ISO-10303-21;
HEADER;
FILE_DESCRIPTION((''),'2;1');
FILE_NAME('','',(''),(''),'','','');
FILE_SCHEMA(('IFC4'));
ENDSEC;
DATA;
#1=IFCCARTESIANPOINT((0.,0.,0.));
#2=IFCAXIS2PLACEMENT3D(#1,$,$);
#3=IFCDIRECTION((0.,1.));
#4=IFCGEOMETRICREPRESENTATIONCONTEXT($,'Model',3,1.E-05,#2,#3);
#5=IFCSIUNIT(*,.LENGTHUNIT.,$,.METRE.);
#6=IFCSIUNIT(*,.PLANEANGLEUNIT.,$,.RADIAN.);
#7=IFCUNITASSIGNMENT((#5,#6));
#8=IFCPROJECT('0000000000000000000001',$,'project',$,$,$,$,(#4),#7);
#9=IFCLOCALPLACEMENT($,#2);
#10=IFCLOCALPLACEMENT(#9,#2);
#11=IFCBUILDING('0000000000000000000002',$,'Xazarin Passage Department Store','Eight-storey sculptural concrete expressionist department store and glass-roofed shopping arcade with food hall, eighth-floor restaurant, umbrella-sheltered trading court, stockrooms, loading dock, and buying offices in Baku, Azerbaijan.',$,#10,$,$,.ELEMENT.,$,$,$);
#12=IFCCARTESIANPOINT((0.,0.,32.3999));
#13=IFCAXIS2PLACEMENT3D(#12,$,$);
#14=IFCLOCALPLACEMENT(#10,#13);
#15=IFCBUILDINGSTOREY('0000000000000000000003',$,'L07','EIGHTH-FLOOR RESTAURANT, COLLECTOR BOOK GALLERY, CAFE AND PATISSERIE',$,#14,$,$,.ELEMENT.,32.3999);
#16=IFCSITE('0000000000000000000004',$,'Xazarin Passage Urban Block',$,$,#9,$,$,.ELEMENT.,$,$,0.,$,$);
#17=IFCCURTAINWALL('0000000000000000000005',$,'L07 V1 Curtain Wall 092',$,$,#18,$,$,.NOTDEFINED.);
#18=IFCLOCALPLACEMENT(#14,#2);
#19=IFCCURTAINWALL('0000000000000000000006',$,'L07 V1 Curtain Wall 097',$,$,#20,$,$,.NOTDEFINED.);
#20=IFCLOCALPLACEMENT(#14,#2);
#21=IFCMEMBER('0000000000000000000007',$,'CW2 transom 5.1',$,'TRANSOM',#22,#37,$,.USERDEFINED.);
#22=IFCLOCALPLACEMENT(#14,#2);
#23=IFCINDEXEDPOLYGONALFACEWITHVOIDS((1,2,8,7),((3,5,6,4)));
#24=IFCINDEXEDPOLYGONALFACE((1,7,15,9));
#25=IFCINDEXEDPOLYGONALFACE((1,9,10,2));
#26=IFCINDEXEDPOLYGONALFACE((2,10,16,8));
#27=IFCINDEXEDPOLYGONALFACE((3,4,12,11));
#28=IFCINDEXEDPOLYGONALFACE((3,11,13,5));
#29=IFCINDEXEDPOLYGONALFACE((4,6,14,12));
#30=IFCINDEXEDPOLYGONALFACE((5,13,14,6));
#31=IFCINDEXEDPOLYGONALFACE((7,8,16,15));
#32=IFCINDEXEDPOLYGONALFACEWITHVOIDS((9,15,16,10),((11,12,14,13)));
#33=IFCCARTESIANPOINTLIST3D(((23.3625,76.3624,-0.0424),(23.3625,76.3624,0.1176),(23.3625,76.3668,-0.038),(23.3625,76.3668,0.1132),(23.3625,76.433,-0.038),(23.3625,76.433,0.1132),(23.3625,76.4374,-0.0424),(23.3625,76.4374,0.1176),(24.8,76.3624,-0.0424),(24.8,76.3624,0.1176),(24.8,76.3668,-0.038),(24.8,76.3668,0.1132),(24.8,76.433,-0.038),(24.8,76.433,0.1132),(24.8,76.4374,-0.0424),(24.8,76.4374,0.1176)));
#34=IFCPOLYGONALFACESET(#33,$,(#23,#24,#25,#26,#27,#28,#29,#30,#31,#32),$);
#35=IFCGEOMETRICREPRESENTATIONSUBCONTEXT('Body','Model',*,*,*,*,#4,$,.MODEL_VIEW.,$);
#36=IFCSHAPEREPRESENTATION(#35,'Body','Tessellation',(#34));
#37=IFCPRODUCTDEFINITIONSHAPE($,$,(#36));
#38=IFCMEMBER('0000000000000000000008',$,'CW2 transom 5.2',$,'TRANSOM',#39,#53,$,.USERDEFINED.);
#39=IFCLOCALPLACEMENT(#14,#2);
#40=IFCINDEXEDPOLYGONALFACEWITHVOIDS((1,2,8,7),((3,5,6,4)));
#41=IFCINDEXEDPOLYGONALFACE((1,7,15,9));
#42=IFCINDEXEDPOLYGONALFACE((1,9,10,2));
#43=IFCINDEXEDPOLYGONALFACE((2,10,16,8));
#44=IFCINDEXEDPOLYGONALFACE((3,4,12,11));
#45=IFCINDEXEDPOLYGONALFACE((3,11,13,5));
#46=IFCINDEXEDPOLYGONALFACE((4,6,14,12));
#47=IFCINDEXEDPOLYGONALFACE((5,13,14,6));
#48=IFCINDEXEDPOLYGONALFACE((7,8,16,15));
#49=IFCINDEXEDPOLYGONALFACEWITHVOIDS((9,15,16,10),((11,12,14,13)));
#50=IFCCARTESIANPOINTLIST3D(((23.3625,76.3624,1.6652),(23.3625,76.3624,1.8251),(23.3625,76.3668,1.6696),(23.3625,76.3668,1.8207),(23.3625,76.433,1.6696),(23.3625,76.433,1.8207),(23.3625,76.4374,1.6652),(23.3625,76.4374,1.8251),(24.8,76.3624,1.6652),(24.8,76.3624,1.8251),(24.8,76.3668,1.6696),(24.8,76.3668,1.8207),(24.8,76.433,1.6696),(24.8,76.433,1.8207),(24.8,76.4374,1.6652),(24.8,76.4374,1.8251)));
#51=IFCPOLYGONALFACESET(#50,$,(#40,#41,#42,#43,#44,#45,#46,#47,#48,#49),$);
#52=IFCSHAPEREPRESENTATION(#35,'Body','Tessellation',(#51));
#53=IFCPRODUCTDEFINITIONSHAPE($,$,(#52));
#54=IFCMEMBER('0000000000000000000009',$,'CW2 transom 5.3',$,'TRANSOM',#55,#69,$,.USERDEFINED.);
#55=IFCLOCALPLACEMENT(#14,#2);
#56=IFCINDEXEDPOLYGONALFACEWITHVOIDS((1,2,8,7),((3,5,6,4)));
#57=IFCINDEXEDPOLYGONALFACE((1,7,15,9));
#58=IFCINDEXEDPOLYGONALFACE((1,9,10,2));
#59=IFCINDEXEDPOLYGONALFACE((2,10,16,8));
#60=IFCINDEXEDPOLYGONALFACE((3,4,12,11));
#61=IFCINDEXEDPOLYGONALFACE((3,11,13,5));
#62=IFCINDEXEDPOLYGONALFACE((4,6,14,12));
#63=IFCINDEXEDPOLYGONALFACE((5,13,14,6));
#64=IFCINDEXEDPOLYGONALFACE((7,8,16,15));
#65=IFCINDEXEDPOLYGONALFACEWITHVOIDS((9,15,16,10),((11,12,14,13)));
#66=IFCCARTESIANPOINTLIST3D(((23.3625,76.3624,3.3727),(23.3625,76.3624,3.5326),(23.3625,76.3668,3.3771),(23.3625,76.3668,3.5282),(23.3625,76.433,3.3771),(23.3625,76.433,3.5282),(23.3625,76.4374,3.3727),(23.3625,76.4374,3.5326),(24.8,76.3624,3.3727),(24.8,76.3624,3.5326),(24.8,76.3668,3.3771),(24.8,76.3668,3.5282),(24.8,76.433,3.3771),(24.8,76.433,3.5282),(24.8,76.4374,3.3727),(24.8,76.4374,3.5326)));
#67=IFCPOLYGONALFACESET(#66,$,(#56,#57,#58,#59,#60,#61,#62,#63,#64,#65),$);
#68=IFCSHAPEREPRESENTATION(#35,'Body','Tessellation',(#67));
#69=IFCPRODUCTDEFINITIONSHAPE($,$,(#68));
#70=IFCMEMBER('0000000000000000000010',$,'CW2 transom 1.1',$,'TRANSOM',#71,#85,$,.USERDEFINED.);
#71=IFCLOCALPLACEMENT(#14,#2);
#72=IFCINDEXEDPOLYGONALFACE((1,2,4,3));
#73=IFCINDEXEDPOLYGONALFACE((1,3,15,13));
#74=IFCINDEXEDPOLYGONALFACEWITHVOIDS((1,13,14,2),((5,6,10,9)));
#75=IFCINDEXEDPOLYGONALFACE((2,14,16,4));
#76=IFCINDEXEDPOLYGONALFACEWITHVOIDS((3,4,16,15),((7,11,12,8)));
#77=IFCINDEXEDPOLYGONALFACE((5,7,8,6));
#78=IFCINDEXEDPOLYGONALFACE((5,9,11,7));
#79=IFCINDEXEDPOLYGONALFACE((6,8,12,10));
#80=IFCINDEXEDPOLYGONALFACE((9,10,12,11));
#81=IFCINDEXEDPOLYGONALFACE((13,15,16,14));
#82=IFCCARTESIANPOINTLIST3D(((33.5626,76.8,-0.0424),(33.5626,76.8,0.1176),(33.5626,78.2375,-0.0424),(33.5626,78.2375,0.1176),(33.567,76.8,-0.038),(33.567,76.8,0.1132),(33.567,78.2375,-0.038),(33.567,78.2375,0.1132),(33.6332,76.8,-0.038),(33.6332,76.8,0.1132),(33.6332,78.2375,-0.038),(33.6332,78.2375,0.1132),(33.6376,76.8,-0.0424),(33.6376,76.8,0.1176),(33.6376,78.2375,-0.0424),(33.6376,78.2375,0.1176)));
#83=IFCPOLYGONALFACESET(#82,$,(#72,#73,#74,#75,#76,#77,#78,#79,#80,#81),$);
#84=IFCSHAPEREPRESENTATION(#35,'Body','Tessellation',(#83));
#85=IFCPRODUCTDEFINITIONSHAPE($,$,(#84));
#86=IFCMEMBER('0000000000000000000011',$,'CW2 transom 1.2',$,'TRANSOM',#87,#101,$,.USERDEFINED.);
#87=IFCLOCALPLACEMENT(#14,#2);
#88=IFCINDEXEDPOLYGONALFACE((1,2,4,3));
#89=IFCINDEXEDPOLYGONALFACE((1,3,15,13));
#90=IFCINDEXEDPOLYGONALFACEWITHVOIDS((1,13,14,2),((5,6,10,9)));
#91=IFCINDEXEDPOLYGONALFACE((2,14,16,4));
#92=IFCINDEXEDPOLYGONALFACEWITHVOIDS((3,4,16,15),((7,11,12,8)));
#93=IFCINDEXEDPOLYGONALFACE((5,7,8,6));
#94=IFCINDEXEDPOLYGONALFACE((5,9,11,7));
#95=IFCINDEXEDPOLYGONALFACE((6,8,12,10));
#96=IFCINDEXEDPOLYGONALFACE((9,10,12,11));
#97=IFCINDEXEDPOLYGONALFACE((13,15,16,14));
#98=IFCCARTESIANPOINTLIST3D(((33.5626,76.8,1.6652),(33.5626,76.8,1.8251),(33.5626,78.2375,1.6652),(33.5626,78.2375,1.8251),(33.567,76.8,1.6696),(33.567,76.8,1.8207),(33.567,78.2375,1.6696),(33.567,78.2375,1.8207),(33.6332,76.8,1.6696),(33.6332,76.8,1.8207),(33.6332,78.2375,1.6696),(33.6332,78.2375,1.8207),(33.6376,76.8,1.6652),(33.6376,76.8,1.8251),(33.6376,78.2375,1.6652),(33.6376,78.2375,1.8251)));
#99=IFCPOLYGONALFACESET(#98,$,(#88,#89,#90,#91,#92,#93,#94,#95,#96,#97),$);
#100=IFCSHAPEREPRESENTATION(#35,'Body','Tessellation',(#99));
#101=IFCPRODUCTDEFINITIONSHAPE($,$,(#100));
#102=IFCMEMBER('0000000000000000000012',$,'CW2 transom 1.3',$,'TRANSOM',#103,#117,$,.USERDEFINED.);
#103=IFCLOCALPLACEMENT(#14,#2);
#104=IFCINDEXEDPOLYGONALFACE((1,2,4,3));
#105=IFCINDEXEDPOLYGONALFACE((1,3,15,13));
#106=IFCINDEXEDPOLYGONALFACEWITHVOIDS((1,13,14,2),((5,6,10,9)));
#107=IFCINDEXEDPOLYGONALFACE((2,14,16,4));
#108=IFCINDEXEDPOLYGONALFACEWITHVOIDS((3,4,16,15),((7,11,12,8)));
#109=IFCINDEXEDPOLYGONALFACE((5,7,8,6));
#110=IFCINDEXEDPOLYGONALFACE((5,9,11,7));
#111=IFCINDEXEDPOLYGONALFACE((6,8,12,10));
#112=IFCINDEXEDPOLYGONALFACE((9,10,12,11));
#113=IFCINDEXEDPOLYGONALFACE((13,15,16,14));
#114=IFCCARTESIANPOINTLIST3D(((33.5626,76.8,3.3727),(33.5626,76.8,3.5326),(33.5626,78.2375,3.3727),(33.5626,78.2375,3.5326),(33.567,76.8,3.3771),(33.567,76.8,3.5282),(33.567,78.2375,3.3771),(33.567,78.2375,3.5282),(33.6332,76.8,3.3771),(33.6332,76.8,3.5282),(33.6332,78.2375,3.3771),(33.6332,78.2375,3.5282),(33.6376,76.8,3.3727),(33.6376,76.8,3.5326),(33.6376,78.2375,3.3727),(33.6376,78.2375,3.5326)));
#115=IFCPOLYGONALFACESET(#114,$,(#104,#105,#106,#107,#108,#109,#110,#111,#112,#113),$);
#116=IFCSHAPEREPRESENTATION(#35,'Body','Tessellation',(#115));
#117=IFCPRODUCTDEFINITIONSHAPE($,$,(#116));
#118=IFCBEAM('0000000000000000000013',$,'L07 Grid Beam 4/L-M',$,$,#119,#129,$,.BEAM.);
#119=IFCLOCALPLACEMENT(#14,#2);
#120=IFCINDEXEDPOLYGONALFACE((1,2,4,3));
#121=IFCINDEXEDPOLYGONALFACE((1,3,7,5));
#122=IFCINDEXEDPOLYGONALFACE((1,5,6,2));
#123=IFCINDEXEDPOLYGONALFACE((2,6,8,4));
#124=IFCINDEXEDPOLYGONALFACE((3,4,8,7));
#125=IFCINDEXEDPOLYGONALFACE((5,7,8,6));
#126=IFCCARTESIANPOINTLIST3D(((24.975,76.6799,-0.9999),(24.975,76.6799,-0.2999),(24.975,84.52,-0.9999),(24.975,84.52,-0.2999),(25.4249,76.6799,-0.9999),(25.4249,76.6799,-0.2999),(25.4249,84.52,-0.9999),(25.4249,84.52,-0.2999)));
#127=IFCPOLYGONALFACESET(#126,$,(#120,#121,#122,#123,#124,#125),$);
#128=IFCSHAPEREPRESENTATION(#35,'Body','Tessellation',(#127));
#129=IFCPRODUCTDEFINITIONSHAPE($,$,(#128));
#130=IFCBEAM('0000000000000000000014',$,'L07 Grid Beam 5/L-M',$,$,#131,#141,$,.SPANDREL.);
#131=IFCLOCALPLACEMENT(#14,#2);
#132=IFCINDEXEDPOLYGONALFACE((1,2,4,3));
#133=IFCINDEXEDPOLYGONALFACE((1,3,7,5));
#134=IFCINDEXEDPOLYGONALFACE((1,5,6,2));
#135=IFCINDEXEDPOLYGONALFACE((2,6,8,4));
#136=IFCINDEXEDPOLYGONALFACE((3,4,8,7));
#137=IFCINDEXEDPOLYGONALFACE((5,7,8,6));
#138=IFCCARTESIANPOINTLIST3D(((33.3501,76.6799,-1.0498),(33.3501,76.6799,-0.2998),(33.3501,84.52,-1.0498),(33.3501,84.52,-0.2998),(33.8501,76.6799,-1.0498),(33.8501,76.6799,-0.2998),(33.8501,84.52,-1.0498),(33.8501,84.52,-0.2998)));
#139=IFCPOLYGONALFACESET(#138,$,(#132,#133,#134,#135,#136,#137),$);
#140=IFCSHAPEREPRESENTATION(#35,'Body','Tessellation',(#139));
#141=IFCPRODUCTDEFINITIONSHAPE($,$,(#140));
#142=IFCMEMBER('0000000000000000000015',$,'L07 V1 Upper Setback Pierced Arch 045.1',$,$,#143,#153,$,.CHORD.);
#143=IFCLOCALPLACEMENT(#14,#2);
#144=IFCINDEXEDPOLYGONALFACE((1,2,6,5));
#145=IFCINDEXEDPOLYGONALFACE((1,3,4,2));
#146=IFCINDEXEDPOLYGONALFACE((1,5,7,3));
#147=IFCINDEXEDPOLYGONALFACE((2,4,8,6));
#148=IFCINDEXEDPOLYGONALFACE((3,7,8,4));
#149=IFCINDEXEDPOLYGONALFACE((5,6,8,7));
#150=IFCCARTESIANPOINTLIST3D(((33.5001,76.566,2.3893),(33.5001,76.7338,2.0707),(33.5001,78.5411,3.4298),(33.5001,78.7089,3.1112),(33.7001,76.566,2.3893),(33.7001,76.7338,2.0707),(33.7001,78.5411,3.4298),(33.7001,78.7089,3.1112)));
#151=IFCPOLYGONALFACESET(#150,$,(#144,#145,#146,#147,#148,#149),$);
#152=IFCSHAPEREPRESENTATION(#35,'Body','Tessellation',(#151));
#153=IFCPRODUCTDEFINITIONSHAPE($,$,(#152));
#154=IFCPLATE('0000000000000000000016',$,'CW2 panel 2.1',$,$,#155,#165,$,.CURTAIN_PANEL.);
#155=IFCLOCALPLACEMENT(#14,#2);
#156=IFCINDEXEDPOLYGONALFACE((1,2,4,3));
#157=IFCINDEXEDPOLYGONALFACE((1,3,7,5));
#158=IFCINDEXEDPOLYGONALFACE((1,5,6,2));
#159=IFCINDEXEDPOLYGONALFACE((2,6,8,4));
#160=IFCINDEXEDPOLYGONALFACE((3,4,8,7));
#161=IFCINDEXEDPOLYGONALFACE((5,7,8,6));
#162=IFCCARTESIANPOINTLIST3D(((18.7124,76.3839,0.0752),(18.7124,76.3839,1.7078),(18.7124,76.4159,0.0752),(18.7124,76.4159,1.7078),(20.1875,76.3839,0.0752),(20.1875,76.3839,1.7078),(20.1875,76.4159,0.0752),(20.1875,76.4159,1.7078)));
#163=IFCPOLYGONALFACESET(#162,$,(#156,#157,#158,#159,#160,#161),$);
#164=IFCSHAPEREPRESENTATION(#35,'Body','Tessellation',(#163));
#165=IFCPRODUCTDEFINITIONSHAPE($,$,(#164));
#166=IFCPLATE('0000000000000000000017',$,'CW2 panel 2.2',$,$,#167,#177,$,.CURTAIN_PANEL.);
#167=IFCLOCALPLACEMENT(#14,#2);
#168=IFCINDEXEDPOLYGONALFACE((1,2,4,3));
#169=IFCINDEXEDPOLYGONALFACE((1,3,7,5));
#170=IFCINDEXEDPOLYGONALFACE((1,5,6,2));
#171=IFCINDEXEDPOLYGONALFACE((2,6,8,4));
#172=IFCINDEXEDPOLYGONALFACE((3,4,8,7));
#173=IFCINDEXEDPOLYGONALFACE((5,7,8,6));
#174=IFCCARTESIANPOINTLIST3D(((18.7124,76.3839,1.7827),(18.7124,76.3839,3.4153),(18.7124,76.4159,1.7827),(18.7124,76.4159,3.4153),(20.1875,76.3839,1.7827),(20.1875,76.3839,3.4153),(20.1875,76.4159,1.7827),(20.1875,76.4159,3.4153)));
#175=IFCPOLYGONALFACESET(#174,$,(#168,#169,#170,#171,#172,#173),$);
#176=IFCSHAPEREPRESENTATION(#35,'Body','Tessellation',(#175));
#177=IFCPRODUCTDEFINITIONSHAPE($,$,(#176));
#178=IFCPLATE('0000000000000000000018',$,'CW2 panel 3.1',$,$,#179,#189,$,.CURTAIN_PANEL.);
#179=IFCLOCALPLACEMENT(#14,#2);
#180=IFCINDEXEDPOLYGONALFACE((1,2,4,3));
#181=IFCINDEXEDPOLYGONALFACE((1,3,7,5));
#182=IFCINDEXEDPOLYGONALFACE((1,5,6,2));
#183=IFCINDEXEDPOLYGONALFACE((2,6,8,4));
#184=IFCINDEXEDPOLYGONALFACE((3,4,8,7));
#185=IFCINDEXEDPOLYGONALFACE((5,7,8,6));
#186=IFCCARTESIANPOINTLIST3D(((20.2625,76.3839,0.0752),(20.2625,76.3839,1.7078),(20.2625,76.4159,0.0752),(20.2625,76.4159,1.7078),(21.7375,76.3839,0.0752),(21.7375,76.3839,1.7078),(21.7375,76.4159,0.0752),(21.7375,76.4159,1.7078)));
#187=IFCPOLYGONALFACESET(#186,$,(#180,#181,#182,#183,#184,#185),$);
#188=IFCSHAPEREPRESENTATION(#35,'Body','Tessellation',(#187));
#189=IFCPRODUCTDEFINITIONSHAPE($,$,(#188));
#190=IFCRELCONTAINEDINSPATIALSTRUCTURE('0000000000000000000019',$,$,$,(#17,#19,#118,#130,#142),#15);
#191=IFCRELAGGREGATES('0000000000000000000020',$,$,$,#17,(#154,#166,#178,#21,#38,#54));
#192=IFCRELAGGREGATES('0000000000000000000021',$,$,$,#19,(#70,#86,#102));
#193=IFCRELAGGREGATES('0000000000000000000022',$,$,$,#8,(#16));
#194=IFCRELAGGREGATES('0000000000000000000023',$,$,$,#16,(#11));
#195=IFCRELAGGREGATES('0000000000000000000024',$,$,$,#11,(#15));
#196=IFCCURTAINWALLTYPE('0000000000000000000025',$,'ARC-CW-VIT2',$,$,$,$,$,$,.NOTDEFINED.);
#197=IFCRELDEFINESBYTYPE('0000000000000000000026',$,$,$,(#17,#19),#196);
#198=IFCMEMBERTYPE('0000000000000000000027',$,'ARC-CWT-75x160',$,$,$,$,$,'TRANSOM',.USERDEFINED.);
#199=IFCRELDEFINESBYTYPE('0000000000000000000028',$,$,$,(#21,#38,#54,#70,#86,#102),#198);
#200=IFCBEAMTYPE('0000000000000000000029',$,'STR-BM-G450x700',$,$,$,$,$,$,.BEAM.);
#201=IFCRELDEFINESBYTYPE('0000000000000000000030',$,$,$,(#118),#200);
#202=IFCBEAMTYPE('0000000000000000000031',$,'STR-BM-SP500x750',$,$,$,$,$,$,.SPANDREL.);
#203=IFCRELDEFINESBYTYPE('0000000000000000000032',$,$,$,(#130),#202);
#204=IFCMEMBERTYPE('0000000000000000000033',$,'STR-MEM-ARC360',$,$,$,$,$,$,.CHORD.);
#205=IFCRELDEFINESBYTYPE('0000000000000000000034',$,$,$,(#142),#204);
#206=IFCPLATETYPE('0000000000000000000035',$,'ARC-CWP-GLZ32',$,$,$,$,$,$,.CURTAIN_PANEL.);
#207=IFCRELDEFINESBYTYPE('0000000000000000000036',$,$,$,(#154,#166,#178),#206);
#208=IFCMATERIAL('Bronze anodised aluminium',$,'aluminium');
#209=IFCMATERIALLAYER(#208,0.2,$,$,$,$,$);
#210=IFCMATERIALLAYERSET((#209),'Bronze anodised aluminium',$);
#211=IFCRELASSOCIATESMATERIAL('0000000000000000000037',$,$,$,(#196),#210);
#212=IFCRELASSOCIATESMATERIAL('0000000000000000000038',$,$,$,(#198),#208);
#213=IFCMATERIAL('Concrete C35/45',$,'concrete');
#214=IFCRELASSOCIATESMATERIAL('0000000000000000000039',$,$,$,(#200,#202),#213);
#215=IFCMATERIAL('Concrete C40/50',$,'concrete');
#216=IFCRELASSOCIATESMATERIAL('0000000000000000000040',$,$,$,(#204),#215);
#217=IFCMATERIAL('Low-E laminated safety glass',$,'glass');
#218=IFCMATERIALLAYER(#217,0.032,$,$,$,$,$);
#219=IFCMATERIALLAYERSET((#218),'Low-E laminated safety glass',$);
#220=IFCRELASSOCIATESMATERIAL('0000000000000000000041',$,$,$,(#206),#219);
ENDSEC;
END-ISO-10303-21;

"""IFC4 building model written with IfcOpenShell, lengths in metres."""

from ifc_helpers import new_model, si_unit, direction, frame, origin, origin_2d, place, context, subcontext, project, spatial, rectangle, hollow_rectangle, extrude, material, layer, layer_set, material_profile, profile_set, type_object, element, aggregate, save


model = new_model("IFC4")

# Units and contexts
model_context = context("Model", 3, precision=1e-05, world=origin(), true_north=direction((0.0, 1.0)))
body_context = subcontext(model_context, "Body", "Model", "MODEL_VIEW")
ifc_project = project(units=[si_unit("LENGTHUNIT", "METRE"), si_unit("PLANEANGLEUNIT", "RADIAN")], contexts=[model_context])

# Site, building, storey
site_placement = place(None, origin())
site = spatial("IfcSite", under=ifc_project, at=site_placement, Name="Xazarin Passage Urban Block", CompositionType="ELEMENT", RefElevation=0.0)
building_placement = place(site_placement, origin())
building = spatial("IfcBuilding", under=site, at=building_placement, Name="Xazarin Passage Department Store", Description="Eight-storey sculptural concrete expressionist department store and glass-roofed shopping arcade with food hall, eighth-floor restaurant, umbrella-sheltered trading court, stockrooms, loading dock, and buying offices in Baku, Azerbaijan.", CompositionType="ELEMENT")
storey_placement = place(building_placement, frame((0.0, 0.0, 32.3999)))
storey = spatial("IfcBuildingStorey", under=building, at=storey_placement, Name="L07", Description="EIGHTH-FLOOR RESTAURANT, COLLECTOR BOOK GALLERY, CAFE AND PATISSERIE", CompositionType="ELEMENT", Elevation=32.3999)

# Curtain wall
ifc_material_1 = material(Name="Bronze anodised aluminium", Category="aluminium")
ifc_layer_1 = layer(ifc_material_1, 0.2)
ifc_layer_set_1 = layer_set([ifc_layer_1], Name="Bronze anodised aluminium")
curtain_wall_type = type_object("IfcCurtainWallType", Name="ARC-CW-VIT2", PredefinedType="NOTDEFINED", material=ifc_layer_set_1)
curtain_wall_1_placement = place(storey_placement, origin())
curtain_wall_1 = element("IfcCurtainWall", 1, at=curtain_wall_1_placement, inside=storey, type_object=curtain_wall_type, Name="L07 V1 Curtain Wall 092", PredefinedType="NOTDEFINED")

# Curtain wall
curtain_wall_2_placement = place(storey_placement, origin())
curtain_wall_2 = element("IfcCurtainWall", 2, at=curtain_wall_2_placement, inside=storey, type_object=curtain_wall_type, Name="L07 V1 Curtain Wall 097", PredefinedType="NOTDEFINED")

# Members
ifc_material_profile_1 = material_profile(ifc_material_1, hollow_rectangle(XDim=0.075, YDim=0.1599, WallThickness=0.0044, at=origin_2d()), Name="ALU 75x160")
ifc_profile_set_1 = profile_set([ifc_material_profile_1], Name="Bronze anodised aluminium")
member_type_1 = type_object("IfcMemberType", Name="ARC-CWT-75x160", ElementType="TRANSOM", PredefinedType="USERDEFINED", material=ifc_profile_set_1)
member_1_placement = place(storey_placement, frame((23.3625, 76.3999, 0.0376), z_axis=(1.0, 0.0, 0.0), x_axis=(0.0, 1.0, 0.0)))
member_1 = element("IfcMember", 3, at=member_1_placement, type_object=member_type_1, Name="CW2 transom 5.1", ObjectType="TRANSOM", PredefinedType="USERDEFINED", context=body_context, shape_type="SweptSolid", body=[
    extrude(hollow_rectangle(XDim=0.075, YDim=0.1599, WallThickness=0.0044, at=origin_2d()), origin(), (0.0, 0.0, 1.0), 1.4375),
])
member_2_placement = place(storey_placement, frame((23.3625, 76.3999, 1.7451), z_axis=(1.0, 0.0, 0.0), x_axis=(0.0, 1.0, 0.0)))
member_2 = element("IfcMember", 4, at=member_2_placement, type_object=member_type_1, Name="CW2 transom 5.2", ObjectType="TRANSOM", PredefinedType="USERDEFINED", context=body_context, shape_type="SweptSolid", body=[
    extrude(hollow_rectangle(XDim=0.075, YDim=0.1599, WallThickness=0.0044, at=origin_2d()), origin(), (0.0, 0.0, 1.0), 1.4375),
])
member_3_placement = place(storey_placement, frame((23.3625, 76.3999, 3.4526), z_axis=(1.0, 0.0, 0.0), x_axis=(0.0, 1.0, 0.0)))
member_3 = element("IfcMember", 5, at=member_3_placement, type_object=member_type_1, Name="CW2 transom 5.3", ObjectType="TRANSOM", PredefinedType="USERDEFINED", context=body_context, shape_type="SweptSolid", body=[
    extrude(hollow_rectangle(XDim=0.075, YDim=0.1599, WallThickness=0.0044, at=origin_2d()), origin(), (0.0, 0.0, 1.0), 1.4375),
])
member_4_placement = place(storey_placement, frame((33.6001, 76.8, 0.0376), z_axis=(0.0, 1.0, 0.0), x_axis=(-1.0, 0.0, 0.0)))
member_4 = element("IfcMember", 6, at=member_4_placement, type_object=member_type_1, Name="CW2 transom 1.1", ObjectType="TRANSOM", PredefinedType="USERDEFINED", context=body_context, shape_type="SweptSolid", body=[
    extrude(hollow_rectangle(XDim=0.075, YDim=0.1599, WallThickness=0.0044, at=origin_2d()), origin(), (0.0, 0.0, 1.0), 1.4375),
])
member_5_placement = place(storey_placement, frame((33.6001, 76.8, 1.7451), z_axis=(0.0, 1.0, 0.0), x_axis=(-1.0, 0.0, 0.0)))
member_5 = element("IfcMember", 7, at=member_5_placement, type_object=member_type_1, Name="CW2 transom 1.2", ObjectType="TRANSOM", PredefinedType="USERDEFINED", context=body_context, shape_type="SweptSolid", body=[
    extrude(hollow_rectangle(XDim=0.075, YDim=0.1599, WallThickness=0.0044, at=origin_2d()), origin(), (0.0, 0.0, 1.0), 1.4375),
])
member_6_placement = place(storey_placement, frame((33.6001, 76.8, 3.4526), z_axis=(0.0, 1.0, 0.0), x_axis=(-1.0, 0.0, 0.0)))
member_6 = element("IfcMember", 8, at=member_6_placement, type_object=member_type_1, Name="CW2 transom 1.3", ObjectType="TRANSOM", PredefinedType="USERDEFINED", context=body_context, shape_type="SweptSolid", body=[
    extrude(hollow_rectangle(XDim=0.075, YDim=0.1599, WallThickness=0.0044, at=origin_2d()), origin(), (0.0, 0.0, 1.0), 1.4375),
])

# Beams
ifc_material_2 = material(Name="Concrete C35/45", Category="concrete")
ifc_material_profile_2 = material_profile(ifc_material_2, rectangle(XDim=0.45, YDim=0.7, at=origin_2d()), Name="RC 450x700")
ifc_profile_set_2 = profile_set([ifc_material_profile_2], Name="Concrete C35/45")
beam_type_1 = type_object("IfcBeamType", Name="STR-BM-G450x700", PredefinedType="BEAM", material=ifc_profile_set_2)
beam_1_placement = place(storey_placement, frame((25.2, 76.6799, -0.6499), z_axis=(0.0, 1.0, 0.0), x_axis=(-1.0, 0.0, 0.0)))
element("IfcBeam", 9, at=beam_1_placement, inside=storey, type_object=beam_type_1, Name="L07 Grid Beam 4/L-M", PredefinedType="BEAM", context=body_context, shape_type="SweptSolid", body=[
    extrude(rectangle(XDim=0.45, YDim=0.7, at=origin_2d()), origin(), (0.0, 0.0, 1.0), 7.8401),
])
ifc_material_profile_3 = material_profile(ifc_material_2, rectangle(XDim=0.5, YDim=0.75, at=origin_2d()), Name="RC 500x750")
ifc_profile_set_3 = profile_set([ifc_material_profile_3], Name="Concrete C35/45")
beam_type_2 = type_object("IfcBeamType", Name="STR-BM-SP500x750", PredefinedType="SPANDREL", material=ifc_profile_set_3)
beam_2_placement = place(storey_placement, frame((33.6001, 76.6799, -0.6748), z_axis=(0.0, 1.0, 0.0), x_axis=(-1.0, 0.0, 0.0)))
element("IfcBeam", 10, at=beam_2_placement, inside=storey, type_object=beam_type_2, Name="L07 Grid Beam 5/L-M", PredefinedType="SPANDREL", context=body_context, shape_type="SweptSolid", body=[
    extrude(rectangle(XDim=0.5, YDim=0.75, at=origin_2d()), origin(), (0.0, 0.0, 1.0), 7.8401),
])

# Member
ifc_material_3 = material(Name="Concrete C40/50", Category="concrete")
ifc_material_profile_4 = material_profile(ifc_material_3, rectangle(XDim=0.2, YDim=0.3601, at=origin_2d()), Name="RC 200x360")
ifc_profile_set_4 = profile_set([ifc_material_profile_4], Name="Concrete C40/50")
member_type_2 = type_object("IfcMemberType", Name="STR-MEM-ARC360", PredefinedType="CHORD", material=ifc_profile_set_4)
member_7_placement = place(storey_placement, frame((33.6001, 76.6499, 2.23), z_axis=(0.0, 0.884733, 0.466098), x_axis=(-1.0, 0.0, 0.0)))
element("IfcMember", 11, at=member_7_placement, inside=storey, type_object=member_type_2, Name="L07 V1 Upper Setback Pierced Arch 045.1", PredefinedType="CHORD", context=body_context, shape_type="SweptSolid", body=[
    extrude(rectangle(XDim=0.2, YDim=0.3601, at=origin_2d()), origin(), (0.0, 0.0, 1.0), 2.2324),
])

# Plates
ifc_material_4 = material(Name="Low-E laminated safety glass", Category="glass")
ifc_layer_2 = layer(ifc_material_4, 0.032)
ifc_layer_set_2 = layer_set([ifc_layer_2], Name="Low-E laminated safety glass")
plate_type = type_object("IfcPlateType", Name="ARC-CWP-GLZ32", PredefinedType="CURTAIN_PANEL", material=ifc_layer_set_2)
plate_1_placement = place(storey_placement, frame((19.45, 76.3999, 0.0752), z_axis=(0.0, 0.0, 1.0), x_axis=(1.0, 0.0, 0.0)))
plate_1 = element("IfcPlate", 12, at=plate_1_placement, type_object=plate_type, Name="CW2 panel 2.1", PredefinedType="CURTAIN_PANEL", context=body_context, shape_type="SweptSolid", body=[
    extrude(rectangle(XDim=1.4751, YDim=0.032, at=origin_2d()), origin(), (0.0, 0.0, 1.0), 1.6326),
])
plate_2_placement = place(storey_placement, frame((19.45, 76.3999, 1.7827), z_axis=(0.0, 0.0, 1.0), x_axis=(1.0, 0.0, 0.0)))
plate_2 = element("IfcPlate", 13, at=plate_2_placement, type_object=plate_type, Name="CW2 panel 2.2", PredefinedType="CURTAIN_PANEL", context=body_context, shape_type="SweptSolid", body=[
    extrude(rectangle(XDim=1.4751, YDim=0.032, at=origin_2d()), origin(), (0.0, 0.0, 1.0), 1.6326),
])
plate_3_placement = place(storey_placement, frame((21.0, 76.3999, 0.0752), z_axis=(0.0, 0.0, 1.0), x_axis=(1.0, 0.0, 0.0)))
plate_3 = element("IfcPlate", 14, at=plate_3_placement, type_object=plate_type, Name="CW2 panel 3.1", PredefinedType="CURTAIN_PANEL", context=body_context, shape_type="SweptSolid", body=[
    extrude(rectangle(XDim=1.4751, YDim=0.032, at=origin_2d()), origin(), (0.0, 0.0, 1.0), 1.6326),
])
aggregate(curtain_wall_1, [plate_1, plate_2, plate_3, member_1, member_2, member_3])
aggregate(curtain_wall_2, [member_4, member_5, member_6])

save(model, "model.ifc")
